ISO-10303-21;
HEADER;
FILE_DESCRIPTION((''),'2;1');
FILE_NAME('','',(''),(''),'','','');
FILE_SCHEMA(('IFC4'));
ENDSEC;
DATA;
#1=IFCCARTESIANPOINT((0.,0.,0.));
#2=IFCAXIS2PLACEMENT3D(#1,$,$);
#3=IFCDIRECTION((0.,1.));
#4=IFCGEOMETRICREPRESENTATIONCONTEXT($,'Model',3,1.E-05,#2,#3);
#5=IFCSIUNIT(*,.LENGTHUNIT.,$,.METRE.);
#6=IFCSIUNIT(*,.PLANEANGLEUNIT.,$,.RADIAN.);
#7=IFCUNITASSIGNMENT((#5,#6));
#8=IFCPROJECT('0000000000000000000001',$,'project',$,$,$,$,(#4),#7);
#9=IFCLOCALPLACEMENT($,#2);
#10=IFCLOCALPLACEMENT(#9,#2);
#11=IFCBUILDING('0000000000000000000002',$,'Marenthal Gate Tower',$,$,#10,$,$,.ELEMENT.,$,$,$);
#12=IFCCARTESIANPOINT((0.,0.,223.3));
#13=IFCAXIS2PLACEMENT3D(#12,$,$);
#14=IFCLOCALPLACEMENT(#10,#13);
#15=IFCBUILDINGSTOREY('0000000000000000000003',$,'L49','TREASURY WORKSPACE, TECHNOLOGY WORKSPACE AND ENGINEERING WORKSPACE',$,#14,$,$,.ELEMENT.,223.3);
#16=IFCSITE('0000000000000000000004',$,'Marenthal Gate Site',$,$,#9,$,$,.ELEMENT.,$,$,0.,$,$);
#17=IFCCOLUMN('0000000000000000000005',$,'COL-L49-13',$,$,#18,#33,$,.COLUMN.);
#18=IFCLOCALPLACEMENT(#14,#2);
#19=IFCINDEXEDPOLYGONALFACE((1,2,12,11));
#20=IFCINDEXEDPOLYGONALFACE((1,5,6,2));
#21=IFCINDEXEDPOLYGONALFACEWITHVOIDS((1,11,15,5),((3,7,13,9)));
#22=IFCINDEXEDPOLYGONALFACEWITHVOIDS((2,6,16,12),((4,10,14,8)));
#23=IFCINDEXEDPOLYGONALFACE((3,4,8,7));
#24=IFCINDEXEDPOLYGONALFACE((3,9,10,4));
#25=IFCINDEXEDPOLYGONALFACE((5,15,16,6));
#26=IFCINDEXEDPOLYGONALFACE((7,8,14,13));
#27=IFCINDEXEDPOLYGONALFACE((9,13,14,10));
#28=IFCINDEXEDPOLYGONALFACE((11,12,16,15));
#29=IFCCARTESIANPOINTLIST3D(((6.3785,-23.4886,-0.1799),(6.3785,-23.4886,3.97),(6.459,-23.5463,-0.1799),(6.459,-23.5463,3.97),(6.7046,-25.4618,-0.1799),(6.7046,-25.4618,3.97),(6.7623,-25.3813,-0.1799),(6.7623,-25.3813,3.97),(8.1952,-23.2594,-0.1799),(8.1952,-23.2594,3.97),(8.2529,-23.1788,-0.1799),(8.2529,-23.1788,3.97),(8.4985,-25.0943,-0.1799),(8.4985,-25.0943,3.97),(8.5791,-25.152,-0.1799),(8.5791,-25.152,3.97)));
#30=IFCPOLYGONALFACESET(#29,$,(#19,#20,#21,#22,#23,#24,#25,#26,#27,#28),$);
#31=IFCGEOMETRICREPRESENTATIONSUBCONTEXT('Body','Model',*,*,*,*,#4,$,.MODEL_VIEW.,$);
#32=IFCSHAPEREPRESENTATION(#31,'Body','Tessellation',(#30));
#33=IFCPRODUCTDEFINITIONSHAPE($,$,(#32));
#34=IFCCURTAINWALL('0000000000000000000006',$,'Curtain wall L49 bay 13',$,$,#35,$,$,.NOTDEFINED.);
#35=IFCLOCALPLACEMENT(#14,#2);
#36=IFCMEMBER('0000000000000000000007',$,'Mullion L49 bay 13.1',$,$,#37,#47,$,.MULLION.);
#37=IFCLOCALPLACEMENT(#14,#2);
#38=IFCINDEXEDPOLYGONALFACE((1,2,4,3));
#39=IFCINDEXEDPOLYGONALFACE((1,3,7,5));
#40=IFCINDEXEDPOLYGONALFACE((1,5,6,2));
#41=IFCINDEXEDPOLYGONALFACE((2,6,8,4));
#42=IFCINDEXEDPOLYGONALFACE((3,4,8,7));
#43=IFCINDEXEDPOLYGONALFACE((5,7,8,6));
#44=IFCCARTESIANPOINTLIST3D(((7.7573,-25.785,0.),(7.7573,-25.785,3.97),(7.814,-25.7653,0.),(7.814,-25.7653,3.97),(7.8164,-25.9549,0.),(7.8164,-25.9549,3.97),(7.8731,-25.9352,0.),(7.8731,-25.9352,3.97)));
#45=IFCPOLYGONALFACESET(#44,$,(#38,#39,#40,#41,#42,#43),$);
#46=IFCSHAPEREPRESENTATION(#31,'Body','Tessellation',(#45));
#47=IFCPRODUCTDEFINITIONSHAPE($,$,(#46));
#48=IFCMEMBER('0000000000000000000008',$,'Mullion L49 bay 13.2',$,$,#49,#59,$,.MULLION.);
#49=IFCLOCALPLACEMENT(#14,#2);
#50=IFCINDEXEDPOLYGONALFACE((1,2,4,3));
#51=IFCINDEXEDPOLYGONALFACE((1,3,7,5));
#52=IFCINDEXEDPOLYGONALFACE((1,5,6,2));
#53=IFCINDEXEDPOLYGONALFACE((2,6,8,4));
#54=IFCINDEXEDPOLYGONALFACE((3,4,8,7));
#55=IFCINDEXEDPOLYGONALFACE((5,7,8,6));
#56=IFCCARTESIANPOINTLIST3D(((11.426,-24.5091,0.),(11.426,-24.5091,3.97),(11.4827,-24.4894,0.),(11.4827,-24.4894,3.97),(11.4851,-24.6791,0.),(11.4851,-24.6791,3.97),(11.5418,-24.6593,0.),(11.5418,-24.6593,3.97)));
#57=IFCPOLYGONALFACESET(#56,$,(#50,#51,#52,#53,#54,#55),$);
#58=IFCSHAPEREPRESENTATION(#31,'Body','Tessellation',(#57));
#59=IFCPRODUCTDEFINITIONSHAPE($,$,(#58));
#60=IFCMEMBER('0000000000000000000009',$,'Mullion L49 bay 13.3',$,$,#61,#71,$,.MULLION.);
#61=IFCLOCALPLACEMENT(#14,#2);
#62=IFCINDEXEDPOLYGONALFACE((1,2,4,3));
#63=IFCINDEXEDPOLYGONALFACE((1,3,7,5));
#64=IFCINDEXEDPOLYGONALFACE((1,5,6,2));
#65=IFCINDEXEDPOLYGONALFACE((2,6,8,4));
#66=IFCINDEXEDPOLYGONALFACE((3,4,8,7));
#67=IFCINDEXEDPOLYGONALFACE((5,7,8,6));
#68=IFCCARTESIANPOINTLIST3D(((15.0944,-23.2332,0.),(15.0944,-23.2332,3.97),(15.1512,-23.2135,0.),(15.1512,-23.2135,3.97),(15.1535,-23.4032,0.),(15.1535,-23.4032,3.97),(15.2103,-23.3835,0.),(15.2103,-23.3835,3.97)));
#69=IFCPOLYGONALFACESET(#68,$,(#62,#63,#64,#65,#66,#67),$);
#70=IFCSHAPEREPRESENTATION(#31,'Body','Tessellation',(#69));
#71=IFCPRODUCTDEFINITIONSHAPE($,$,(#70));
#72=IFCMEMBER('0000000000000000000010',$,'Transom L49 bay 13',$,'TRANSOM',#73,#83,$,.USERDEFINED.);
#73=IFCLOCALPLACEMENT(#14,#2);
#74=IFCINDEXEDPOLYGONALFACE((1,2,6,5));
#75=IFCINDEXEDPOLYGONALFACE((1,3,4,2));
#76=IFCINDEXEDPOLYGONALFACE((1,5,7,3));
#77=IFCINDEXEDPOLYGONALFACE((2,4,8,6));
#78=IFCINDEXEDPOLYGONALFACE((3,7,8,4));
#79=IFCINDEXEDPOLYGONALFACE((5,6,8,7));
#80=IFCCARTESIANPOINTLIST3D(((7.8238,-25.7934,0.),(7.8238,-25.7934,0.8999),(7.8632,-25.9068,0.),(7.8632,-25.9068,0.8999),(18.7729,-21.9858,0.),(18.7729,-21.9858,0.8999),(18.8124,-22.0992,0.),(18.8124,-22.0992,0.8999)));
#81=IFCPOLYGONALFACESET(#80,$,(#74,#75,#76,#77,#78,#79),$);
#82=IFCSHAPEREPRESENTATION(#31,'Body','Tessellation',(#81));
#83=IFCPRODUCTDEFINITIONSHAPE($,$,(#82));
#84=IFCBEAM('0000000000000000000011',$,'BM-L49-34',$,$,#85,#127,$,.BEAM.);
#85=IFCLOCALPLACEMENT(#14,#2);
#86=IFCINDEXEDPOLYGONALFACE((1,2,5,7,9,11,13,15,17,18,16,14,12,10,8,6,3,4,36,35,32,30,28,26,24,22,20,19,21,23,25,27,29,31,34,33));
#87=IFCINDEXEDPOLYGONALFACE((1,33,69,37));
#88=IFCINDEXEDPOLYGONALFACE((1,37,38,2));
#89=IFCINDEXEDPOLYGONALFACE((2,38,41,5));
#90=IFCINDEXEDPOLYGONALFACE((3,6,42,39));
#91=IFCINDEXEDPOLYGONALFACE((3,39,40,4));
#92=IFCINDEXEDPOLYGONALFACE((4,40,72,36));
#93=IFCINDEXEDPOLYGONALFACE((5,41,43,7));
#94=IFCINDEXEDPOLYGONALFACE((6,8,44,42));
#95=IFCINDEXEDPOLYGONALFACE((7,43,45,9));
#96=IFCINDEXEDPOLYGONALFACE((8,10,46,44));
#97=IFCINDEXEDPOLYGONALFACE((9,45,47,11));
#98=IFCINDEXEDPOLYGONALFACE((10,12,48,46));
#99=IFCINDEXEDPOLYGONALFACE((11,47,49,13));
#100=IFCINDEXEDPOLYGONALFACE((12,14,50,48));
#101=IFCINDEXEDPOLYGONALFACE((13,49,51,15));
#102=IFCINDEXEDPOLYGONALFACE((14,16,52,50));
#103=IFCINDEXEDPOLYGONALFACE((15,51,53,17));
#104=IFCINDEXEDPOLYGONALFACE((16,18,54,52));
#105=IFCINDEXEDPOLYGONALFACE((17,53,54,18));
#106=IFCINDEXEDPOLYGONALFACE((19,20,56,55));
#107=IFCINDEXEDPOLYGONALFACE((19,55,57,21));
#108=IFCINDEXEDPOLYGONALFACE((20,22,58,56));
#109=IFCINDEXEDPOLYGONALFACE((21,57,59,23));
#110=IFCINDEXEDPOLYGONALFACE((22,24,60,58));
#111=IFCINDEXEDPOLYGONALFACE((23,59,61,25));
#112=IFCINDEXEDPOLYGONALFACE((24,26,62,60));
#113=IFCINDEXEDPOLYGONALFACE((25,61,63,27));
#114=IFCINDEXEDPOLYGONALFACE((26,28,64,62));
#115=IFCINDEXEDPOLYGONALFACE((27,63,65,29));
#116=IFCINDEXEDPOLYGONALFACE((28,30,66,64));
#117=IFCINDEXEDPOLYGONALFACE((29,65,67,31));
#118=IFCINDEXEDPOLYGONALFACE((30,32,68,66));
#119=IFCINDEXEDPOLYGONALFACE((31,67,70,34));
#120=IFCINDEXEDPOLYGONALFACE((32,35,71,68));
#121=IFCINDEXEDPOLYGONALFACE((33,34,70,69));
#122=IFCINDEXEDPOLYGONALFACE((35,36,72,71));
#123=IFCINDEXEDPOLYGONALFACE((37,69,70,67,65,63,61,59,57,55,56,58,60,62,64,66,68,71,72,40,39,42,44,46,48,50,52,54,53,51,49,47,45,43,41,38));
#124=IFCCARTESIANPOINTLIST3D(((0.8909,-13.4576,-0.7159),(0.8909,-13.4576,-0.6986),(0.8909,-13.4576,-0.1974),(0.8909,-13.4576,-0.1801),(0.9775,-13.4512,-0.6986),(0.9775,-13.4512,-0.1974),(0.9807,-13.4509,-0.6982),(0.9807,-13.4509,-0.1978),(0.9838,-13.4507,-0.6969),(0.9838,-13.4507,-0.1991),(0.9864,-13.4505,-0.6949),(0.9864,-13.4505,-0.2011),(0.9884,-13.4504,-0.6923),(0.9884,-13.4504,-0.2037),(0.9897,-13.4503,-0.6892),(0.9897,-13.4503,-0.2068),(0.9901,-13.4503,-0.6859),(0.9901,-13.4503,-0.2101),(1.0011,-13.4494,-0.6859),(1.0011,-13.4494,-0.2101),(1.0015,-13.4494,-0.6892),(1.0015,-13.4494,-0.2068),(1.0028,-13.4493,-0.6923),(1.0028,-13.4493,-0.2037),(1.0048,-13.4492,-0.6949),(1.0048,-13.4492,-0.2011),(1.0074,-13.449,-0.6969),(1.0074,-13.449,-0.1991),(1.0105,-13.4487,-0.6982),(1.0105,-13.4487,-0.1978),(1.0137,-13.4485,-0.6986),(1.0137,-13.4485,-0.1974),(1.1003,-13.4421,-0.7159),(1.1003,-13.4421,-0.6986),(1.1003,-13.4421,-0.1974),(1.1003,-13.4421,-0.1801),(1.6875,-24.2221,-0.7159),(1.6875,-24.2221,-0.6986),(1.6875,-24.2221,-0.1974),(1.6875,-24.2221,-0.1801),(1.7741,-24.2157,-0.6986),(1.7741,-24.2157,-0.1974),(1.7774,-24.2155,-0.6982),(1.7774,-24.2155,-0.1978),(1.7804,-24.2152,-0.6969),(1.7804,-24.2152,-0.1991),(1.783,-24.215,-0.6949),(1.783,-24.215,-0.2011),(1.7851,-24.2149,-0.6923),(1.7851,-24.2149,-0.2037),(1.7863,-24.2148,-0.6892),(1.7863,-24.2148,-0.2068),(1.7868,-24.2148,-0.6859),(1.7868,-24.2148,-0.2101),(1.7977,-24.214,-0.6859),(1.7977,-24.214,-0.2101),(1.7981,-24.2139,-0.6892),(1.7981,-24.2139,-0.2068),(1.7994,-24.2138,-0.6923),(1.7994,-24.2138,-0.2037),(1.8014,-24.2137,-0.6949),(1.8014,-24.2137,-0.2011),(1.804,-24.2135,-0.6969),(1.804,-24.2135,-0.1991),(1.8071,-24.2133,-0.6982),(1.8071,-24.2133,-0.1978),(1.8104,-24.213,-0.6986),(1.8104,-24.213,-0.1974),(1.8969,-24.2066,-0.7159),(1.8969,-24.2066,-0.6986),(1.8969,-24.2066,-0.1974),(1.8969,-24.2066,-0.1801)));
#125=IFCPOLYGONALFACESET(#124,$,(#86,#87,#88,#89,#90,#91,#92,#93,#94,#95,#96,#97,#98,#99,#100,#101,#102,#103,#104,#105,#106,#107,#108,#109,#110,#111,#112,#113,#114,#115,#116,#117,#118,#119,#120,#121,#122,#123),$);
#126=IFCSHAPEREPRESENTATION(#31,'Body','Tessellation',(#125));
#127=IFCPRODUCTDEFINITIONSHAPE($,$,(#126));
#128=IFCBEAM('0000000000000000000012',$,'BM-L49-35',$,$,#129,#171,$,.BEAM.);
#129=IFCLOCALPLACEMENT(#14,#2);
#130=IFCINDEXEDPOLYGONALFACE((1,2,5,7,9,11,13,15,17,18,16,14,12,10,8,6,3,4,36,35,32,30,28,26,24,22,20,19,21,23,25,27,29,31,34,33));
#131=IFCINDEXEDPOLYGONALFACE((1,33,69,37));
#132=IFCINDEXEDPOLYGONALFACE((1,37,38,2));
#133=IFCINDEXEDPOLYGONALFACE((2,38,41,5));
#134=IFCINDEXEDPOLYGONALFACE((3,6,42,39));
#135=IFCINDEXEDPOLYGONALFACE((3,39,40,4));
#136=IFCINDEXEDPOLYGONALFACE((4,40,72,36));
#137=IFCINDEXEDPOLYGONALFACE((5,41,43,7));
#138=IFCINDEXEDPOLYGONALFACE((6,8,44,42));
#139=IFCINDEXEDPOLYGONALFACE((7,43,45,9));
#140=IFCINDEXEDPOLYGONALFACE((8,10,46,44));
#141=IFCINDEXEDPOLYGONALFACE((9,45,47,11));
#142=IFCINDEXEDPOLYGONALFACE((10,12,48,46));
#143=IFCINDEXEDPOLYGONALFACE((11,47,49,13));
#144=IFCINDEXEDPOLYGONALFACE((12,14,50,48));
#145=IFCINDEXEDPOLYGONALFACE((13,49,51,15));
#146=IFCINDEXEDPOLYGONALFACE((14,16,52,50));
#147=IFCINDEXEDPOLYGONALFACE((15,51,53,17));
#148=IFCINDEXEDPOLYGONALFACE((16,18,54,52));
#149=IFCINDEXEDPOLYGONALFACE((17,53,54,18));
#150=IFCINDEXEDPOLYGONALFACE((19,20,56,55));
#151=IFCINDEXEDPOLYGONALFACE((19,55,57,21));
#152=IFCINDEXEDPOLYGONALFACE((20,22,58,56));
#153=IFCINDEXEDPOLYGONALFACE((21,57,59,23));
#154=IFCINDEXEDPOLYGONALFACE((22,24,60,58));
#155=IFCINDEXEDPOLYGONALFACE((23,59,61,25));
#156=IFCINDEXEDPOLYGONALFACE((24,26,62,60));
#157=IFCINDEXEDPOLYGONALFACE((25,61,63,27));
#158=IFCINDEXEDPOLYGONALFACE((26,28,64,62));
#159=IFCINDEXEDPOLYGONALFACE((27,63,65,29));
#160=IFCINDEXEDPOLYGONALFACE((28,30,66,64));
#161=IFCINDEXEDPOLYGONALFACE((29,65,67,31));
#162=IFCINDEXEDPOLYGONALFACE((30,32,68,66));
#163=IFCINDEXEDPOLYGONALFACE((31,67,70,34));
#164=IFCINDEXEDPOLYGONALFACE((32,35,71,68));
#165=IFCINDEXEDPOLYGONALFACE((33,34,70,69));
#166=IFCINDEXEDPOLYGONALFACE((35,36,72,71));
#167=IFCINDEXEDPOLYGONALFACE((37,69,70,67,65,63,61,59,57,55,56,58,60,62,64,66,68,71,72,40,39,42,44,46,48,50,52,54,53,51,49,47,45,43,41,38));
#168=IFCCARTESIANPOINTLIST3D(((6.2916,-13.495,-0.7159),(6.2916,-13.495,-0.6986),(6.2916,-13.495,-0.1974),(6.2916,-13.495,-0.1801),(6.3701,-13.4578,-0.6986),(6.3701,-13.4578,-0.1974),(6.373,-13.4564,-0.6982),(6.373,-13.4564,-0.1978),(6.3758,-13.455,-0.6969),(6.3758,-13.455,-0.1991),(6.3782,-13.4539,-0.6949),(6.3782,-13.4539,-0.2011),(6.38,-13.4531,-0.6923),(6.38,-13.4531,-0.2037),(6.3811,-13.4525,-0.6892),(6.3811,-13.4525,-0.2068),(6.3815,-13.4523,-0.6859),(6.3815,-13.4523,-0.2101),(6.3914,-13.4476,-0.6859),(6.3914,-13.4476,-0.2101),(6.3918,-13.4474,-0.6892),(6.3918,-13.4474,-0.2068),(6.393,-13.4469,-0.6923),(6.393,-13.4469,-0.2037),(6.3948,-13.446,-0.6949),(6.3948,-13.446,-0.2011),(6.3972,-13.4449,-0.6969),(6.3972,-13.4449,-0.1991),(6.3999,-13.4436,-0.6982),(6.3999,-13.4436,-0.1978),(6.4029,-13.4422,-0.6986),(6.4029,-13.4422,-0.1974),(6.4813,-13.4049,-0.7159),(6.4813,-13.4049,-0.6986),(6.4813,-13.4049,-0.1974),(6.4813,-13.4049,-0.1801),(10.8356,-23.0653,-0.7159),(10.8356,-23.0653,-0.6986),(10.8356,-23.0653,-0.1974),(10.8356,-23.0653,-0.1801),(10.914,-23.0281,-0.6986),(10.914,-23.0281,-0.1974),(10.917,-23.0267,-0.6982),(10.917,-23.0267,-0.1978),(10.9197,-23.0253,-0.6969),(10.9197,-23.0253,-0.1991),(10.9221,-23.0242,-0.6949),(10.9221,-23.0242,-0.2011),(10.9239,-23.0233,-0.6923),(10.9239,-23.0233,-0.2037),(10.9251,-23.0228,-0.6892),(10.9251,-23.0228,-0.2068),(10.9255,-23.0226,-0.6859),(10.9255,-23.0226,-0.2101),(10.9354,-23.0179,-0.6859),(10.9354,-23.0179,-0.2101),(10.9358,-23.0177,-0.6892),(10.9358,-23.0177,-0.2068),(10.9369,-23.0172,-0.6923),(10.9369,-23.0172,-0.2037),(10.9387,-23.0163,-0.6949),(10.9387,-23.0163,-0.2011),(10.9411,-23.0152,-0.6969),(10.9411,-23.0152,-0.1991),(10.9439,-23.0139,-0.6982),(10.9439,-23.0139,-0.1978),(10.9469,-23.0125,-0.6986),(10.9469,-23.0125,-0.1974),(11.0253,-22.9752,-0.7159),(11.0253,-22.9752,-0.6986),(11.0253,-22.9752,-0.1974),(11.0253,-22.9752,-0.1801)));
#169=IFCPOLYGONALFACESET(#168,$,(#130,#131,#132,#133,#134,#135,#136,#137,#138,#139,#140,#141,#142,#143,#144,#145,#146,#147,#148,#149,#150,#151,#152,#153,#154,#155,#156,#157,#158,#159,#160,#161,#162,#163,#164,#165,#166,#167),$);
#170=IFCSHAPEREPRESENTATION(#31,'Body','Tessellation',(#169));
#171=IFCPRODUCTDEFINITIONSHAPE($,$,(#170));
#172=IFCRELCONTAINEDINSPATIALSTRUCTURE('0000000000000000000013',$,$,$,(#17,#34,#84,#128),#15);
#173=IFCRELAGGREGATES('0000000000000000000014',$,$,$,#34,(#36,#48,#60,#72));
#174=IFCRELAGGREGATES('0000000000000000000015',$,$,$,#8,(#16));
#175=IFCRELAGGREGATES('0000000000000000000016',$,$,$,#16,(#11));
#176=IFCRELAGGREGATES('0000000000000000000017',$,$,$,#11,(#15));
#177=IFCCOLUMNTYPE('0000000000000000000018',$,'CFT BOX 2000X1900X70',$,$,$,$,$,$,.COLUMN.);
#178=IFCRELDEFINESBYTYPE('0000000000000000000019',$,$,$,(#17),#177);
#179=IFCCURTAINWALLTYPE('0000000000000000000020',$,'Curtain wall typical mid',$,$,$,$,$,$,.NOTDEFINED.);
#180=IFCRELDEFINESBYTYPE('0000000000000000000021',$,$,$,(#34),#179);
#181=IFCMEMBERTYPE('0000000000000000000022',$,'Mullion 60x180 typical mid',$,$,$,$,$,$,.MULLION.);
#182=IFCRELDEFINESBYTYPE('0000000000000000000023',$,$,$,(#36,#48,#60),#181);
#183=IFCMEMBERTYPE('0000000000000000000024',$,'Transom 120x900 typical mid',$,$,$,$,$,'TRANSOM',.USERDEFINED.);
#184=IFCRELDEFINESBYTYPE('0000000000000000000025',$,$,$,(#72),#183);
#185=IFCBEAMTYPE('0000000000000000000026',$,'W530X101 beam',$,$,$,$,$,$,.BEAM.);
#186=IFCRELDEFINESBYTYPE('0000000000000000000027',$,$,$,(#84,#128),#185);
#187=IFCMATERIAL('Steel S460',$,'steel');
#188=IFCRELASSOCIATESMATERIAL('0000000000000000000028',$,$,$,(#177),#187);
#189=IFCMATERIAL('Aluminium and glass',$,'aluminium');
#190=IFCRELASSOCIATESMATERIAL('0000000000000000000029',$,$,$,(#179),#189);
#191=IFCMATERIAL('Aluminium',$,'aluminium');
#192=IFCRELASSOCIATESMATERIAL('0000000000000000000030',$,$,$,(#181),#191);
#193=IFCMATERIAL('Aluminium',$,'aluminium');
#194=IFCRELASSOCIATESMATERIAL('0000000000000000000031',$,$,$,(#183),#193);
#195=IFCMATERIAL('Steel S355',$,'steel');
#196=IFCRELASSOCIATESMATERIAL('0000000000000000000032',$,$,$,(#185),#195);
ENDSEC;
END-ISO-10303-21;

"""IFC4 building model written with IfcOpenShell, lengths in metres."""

from ifc_helpers import new_model, si_unit, direction, frame, origin, origin_2d, place, context, subcontext, project, spatial, rectangle, hollow_rectangle, i_section, extrude, material, material_profile, profile_set, type_object, element, aggregate, save


model = new_model("IFC4")

# Units and contexts
model_context = context("Model", 3, precision=1e-05, world=origin(), true_north=direction((0.0, 1.0)))
body_context = subcontext(model_context, "Body", "Model", "MODEL_VIEW")
ifc_project = project(units=[si_unit("LENGTHUNIT", "METRE"), si_unit("PLANEANGLEUNIT", "RADIAN")], contexts=[model_context])

# Site, building, storey
site_placement = place(None, origin())
site = spatial("IfcSite", under=ifc_project, at=site_placement, Name="Marenthal Gate Site", CompositionType="ELEMENT", RefElevation=0.0)
building_placement = place(site_placement, origin())
building = spatial("IfcBuilding", under=site, at=building_placement, Name="Marenthal Gate Tower", CompositionType="ELEMENT")
storey_placement = place(building_placement, frame((0.0, 0.0, 223.3)))
storey = spatial("IfcBuildingStorey", under=building, at=storey_placement, Name="L49", Description="TREASURY WORKSPACE, TECHNOLOGY WORKSPACE AND ENGINEERING WORKSPACE", CompositionType="ELEMENT", Elevation=223.3)

# Column
ifc_material_1 = material(Name="Steel S460", Category="steel")
ifc_material_profile_1 = material_profile(ifc_material_1, hollow_rectangle(XDim=1.8999, YDim=2.0, WallThickness=0.0701, at=origin_2d()), Name="CFT BOX 2000X1900X70")
ifc_material_2 = material(Name="Concrete 70 MPa", Category="concrete")
ifc_material_profile_2 = material_profile(ifc_material_2, rectangle(XDim=1.76, YDim=1.8601, at=origin_2d()), Name="CFT BOX 2000X1900X70 INFILL")
ifc_profile_set_1 = profile_set([ifc_material_profile_1, ifc_material_profile_2], Name="Steel S460 shell, Concrete 70 MPa infill")
column_type = type_object("IfcColumnType", Name="CFT BOX 2000X1900X70", PredefinedType="COLUMN", material=ifc_profile_set_1)
column_placement = place(storey_placement, frame((7.4788, -24.3203, -0.1799), z_axis=(0.0, 0.0, 1.0), x_axis=(-0.986616, -0.163059, 0.0)))
element("IfcColumn", 1, at=column_placement, inside=storey, type_object=column_type, Name="COL-L49-13", PredefinedType="COLUMN", context=body_context, shape_type="SweptSolid", body=[
    extrude(hollow_rectangle(XDim=1.8999, YDim=2.0, WallThickness=0.0701, at=origin_2d()), origin(), (0.0, 0.0, 1.0), 4.1499),
])

# Curtain wall, members
ifc_material_3 = material(Name="Aluminium and glass", Category="aluminium")
curtain_wall_type = type_object("IfcCurtainWallType", Name="Curtain wall typical mid", PredefinedType="NOTDEFINED", material=ifc_material_3)
curtain_wall_placement = place(storey_placement, origin())
curtain_wall = element("IfcCurtainWall", 2, at=curtain_wall_placement, inside=storey, type_object=curtain_wall_type, Name="Curtain wall L49 bay 13", PredefinedType="NOTDEFINED")
ifc_material_4 = material(Name="Aluminium", Category="aluminium")
ifc_material_profile_3 = material_profile(ifc_material_4, rectangle(XDim=0.1799, YDim=0.0601, at=origin_2d()), Name="60x180 aluminium mullion")
ifc_profile_set_2 = profile_set([ifc_material_profile_3], Name="Aluminium")
member_type_1 = type_object("IfcMemberType", Name="Mullion 60x180 typical mid", PredefinedType="MULLION", material=ifc_profile_set_2)
member_1_placement = place(storey_placement, frame((7.8152, -25.8601, 0.0), z_axis=(0.0, 0.0, 1.0), x_axis=(-0.328468, 0.944515, 0.0)))
member_1 = element("IfcMember", 3, at=member_1_placement, type_object=member_type_1, Name="Mullion L49 bay 13.1", PredefinedType="MULLION", context=body_context, shape_type="SweptSolid", body=[
    extrude(rectangle(XDim=0.1799, YDim=0.0601, at=origin_2d()), origin(), (0.0, 0.0, 1.0), 3.97),
])
member_2_placement = place(storey_placement, frame((11.4839, -24.5842, 0.0), z_axis=(0.0, 0.0, 1.0), x_axis=(-0.328468, 0.944515, 0.0)))
member_2 = element("IfcMember", 4, at=member_2_placement, type_object=member_type_1, Name="Mullion L49 bay 13.2", PredefinedType="MULLION", context=body_context, shape_type="SweptSolid", body=[
    extrude(rectangle(XDim=0.1799, YDim=0.0601, at=origin_2d()), origin(), (0.0, 0.0, 1.0), 3.97),
])
member_3_placement = place(storey_placement, frame((15.1523, -23.3083, 0.0), z_axis=(0.0, 0.0, 1.0), x_axis=(-0.328468, 0.944515, 0.0)))
member_3 = element("IfcMember", 5, at=member_3_placement, type_object=member_type_1, Name="Mullion L49 bay 13.3", PredefinedType="MULLION", context=body_context, shape_type="SweptSolid", body=[
    extrude(rectangle(XDim=0.1799, YDim=0.0601, at=origin_2d()), origin(), (0.0, 0.0, 1.0), 3.97),
])
ifc_material_5 = material(Name="Aluminium", Category="aluminium")
ifc_material_profile_4 = material_profile(ifc_material_5, rectangle(XDim=0.1201, YDim=0.8999, at=origin_2d()), Name="120x900 aluminium transom")
ifc_profile_set_3 = profile_set([ifc_material_profile_4], Name="Aluminium")
member_type_2 = type_object("IfcMemberType", Name="Transom 120x900 typical mid", ElementType="TRANSOM", PredefinedType="USERDEFINED", material=ifc_profile_set_3)
member_4_placement = place(storey_placement, frame((7.8435, -25.8501, 0.45), z_axis=(0.944518, 0.328459, 0.0), x_axis=(-0.328459, 0.944518, 0.0)))
member_4 = element("IfcMember", 6, at=member_4_placement, type_object=member_type_2, Name="Transom L49 bay 13", ObjectType="TRANSOM", PredefinedType="USERDEFINED", context=body_context, shape_type="SweptSolid", body=[
    extrude(rectangle(XDim=0.1201, YDim=0.8999, at=origin_2d()), origin(), (0.0, 0.0, 1.0), 11.5923),
])

# Beams
ifc_material_6 = material(Name="Steel S355", Category="steel")
ifc_material_profile_5 = material_profile(ifc_material_6, i_section(OverallWidth=0.21, OverallDepth=0.5359, WebThickness=0.011, FlangeThickness=0.0173, FilletRadius=0.0127, at=origin_2d()), Name="W530X101")
ifc_profile_set_4 = profile_set([ifc_material_profile_5], Name="Steel S355")
beam_type_1 = type_object("IfcBeamType", Name="W530X101 beam", PredefinedType="BEAM", material=ifc_profile_set_4)
beam_1_placement = place(storey_placement, frame((1.7922, -24.2144, -0.448), z_axis=(-0.073804, 0.997273, 0.0), x_axis=(-0.997273, -0.073804, 0.0)))
element("IfcBeam", 7, at=beam_1_placement, inside=storey, type_object=beam_type_1, Name="BM-L49-34", PredefinedType="BEAM", context=body_context, shape_type="SweptSolid", body=[
    extrude(i_section(OverallWidth=0.21, OverallDepth=0.5359, WebThickness=0.011, FlangeThickness=0.0173, FilletRadius=0.0127, at=origin_2d()), origin(), (0.0, 0.0, 1.0), 10.7939),
])
beam_2_placement = place(storey_placement, frame((10.9304, -23.0203, -0.448), z_axis=(-0.428906, 0.903349, 0.0), x_axis=(-0.903349, -0.428906, 0.0)))
element("IfcBeam", 8, at=beam_2_placement, inside=storey, type_object=beam_type_1, Name="BM-L49-35", PredefinedType="BEAM", context=body_context, shape_type="SweptSolid", body=[
    extrude(i_section(OverallWidth=0.21, OverallDepth=0.5359, WebThickness=0.011, FlangeThickness=0.0173, FilletRadius=0.0127, at=origin_2d()), origin(), (0.0, 0.0, 1.0), 10.5942),
])

aggregate(curtain_wall, [member_1, member_2, member_3, member_4])

save(model, "model.ifc")
